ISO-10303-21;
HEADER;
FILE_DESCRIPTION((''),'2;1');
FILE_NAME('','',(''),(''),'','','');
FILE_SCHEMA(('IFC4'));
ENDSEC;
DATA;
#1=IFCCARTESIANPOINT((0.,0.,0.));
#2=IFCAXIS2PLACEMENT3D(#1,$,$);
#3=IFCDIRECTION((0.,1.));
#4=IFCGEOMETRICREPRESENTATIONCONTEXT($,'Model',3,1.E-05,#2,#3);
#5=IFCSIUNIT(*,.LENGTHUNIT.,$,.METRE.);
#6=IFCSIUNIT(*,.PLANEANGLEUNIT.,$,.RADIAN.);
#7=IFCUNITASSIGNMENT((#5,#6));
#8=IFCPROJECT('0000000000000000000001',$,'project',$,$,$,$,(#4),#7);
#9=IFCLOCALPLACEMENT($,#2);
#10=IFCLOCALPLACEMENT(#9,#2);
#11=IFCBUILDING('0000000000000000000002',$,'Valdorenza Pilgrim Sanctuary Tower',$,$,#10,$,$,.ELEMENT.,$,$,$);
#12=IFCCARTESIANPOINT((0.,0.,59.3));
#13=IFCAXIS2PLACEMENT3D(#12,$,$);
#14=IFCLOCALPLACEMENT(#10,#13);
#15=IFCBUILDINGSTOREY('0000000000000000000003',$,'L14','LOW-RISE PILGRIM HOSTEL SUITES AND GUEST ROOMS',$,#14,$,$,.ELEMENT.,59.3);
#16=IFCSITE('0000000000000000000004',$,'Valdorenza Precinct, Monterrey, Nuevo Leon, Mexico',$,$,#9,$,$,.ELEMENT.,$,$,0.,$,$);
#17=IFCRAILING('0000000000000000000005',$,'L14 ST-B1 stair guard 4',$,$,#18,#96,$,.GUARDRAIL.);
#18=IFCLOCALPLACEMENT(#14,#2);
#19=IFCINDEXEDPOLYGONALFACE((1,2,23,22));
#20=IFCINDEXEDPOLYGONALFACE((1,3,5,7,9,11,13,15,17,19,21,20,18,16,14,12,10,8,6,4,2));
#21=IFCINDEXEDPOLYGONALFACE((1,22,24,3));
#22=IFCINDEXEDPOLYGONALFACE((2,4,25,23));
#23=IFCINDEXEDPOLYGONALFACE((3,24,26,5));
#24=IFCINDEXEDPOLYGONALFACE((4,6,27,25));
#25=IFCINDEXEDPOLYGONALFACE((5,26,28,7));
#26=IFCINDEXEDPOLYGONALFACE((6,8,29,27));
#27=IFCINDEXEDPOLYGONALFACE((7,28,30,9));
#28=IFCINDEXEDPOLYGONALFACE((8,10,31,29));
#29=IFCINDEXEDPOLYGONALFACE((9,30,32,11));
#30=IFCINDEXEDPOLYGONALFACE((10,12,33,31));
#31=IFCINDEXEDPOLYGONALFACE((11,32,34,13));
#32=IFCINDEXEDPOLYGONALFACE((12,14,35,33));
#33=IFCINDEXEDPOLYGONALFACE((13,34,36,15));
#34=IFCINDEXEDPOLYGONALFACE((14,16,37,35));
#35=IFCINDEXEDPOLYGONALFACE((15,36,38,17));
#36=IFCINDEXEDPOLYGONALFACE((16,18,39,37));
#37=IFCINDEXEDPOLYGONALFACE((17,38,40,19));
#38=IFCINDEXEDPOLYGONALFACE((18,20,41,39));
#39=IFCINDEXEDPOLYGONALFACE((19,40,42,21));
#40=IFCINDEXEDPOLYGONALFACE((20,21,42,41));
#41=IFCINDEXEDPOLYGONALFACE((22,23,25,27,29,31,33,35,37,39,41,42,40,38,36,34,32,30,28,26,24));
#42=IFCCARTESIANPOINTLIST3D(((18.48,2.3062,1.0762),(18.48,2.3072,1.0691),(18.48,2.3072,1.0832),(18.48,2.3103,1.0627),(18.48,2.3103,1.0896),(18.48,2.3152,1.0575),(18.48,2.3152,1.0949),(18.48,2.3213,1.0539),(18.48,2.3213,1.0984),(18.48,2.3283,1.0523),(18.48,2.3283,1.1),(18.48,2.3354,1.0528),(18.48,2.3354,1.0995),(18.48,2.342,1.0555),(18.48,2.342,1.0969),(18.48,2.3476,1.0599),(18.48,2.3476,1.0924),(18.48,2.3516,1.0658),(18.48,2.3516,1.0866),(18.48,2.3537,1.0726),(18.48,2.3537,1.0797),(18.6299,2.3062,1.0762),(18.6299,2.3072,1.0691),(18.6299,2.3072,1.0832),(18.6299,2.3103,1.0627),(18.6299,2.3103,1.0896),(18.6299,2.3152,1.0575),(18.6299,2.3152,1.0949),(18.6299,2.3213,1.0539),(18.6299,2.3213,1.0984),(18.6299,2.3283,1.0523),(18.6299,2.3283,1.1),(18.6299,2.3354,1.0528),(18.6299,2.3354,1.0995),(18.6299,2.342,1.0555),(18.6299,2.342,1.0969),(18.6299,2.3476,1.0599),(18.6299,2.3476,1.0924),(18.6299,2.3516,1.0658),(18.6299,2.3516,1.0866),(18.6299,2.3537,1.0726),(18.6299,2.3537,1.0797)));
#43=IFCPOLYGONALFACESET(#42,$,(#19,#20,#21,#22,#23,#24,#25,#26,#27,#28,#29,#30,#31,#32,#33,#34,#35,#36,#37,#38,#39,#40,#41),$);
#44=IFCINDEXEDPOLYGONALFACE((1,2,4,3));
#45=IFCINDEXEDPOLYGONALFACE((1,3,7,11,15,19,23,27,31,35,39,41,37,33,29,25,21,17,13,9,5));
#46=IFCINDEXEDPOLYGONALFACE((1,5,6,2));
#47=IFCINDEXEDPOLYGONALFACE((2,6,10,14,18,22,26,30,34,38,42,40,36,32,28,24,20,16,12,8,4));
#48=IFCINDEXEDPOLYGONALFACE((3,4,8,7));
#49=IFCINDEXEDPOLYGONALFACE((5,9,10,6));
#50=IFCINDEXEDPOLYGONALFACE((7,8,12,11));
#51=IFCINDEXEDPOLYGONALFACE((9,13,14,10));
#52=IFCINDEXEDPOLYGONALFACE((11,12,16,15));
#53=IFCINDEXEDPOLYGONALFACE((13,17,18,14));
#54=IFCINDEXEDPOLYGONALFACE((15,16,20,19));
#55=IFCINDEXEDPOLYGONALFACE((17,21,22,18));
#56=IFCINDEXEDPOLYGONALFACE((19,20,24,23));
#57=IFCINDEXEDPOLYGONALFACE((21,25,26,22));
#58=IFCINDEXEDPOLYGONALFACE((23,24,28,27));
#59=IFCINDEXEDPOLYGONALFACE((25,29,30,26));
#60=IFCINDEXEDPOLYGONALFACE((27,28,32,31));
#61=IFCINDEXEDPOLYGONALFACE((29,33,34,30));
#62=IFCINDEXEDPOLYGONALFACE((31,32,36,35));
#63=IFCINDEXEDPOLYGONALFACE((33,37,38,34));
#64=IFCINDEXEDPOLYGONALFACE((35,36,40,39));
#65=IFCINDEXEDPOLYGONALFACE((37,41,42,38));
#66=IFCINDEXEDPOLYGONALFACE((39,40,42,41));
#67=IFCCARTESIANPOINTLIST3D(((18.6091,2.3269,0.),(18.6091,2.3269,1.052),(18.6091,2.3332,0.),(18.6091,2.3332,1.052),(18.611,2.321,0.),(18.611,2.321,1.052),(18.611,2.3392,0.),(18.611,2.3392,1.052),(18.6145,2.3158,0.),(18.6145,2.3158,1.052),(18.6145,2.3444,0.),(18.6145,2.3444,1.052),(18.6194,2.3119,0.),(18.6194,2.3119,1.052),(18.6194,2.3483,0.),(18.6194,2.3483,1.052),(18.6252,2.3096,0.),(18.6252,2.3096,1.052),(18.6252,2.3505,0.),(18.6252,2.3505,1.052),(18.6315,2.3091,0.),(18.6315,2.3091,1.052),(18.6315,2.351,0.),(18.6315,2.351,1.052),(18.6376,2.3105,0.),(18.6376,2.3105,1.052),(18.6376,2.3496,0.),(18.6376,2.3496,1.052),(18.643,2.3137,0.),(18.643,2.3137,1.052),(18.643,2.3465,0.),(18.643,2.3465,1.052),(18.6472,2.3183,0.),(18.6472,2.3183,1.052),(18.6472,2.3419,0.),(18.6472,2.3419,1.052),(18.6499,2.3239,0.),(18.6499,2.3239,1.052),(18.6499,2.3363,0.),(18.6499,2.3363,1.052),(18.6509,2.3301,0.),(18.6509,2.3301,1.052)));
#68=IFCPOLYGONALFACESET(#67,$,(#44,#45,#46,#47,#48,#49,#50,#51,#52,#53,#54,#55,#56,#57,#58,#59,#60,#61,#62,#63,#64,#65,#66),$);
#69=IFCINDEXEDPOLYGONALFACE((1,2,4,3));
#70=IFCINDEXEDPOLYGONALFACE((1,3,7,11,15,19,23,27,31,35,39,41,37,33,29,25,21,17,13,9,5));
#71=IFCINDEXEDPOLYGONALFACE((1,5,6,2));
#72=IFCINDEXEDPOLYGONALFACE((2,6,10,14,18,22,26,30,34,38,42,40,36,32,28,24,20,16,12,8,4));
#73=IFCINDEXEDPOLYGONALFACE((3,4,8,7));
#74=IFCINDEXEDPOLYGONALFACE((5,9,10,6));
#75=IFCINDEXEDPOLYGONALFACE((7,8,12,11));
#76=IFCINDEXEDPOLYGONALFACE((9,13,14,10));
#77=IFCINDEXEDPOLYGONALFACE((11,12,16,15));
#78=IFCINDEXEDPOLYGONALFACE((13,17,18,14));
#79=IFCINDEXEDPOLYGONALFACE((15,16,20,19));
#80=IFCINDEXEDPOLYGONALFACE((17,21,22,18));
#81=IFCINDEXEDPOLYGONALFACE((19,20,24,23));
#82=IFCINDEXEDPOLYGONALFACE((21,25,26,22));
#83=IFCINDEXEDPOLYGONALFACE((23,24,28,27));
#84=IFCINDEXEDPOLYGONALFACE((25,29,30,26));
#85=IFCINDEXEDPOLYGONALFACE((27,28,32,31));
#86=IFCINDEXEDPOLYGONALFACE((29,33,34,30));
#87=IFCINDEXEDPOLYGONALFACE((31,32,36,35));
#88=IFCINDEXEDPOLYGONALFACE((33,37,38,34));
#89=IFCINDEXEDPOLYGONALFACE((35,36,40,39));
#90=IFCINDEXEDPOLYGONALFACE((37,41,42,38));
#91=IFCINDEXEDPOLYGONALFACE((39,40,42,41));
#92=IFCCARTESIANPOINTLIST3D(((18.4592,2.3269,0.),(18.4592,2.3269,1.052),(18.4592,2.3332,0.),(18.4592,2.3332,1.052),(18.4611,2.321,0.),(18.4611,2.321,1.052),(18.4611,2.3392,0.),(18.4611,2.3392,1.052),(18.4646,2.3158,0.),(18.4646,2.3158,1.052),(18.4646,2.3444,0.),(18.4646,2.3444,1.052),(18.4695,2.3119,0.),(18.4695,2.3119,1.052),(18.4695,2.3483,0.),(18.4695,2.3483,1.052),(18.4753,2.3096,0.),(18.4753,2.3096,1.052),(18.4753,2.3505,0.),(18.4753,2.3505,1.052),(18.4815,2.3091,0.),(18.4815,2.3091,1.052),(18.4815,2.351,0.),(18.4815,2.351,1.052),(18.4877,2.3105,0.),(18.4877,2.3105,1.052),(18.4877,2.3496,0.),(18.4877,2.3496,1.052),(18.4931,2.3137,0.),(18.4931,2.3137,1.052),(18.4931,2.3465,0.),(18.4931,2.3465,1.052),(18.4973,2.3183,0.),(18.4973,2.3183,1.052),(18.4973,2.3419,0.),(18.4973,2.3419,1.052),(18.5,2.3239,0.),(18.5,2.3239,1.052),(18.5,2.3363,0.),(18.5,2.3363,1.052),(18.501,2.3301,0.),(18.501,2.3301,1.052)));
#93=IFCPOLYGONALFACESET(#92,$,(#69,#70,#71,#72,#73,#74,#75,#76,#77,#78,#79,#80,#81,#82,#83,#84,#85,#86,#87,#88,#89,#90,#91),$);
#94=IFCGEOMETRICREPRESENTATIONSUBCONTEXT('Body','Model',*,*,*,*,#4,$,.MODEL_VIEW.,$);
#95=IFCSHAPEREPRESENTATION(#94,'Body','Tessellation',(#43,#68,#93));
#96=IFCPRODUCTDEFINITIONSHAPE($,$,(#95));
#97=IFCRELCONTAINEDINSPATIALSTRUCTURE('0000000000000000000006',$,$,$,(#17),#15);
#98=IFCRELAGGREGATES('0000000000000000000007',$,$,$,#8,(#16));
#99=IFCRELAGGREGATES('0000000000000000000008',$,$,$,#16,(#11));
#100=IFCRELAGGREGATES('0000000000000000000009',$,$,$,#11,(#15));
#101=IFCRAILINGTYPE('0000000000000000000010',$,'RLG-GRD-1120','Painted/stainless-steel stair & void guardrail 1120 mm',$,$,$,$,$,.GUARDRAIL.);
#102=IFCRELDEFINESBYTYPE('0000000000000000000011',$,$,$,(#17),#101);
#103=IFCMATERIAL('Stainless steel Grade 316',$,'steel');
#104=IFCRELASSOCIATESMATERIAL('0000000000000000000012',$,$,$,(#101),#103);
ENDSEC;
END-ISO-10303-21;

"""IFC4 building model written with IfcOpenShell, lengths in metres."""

from ifc_helpers import new_model, si_unit, direction, frame, origin, origin_2d, place, context, subcontext, project, spatial, circle, extrude, material, type_object, element, save


model = new_model("IFC4")

# Units and contexts
model_context = context("Model", 3, precision=1e-05, world=origin(), true_north=direction((0.0, 1.0)))
body_context = subcontext(model_context, "Body", "Model", "MODEL_VIEW")
ifc_project = project(units=[si_unit("LENGTHUNIT", "METRE"), si_unit("PLANEANGLEUNIT", "RADIAN")], contexts=[model_context])

# Site, building, storey
site_placement = place(None, origin())
site = spatial("IfcSite", under=ifc_project, at=site_placement, Name="Valdorenza Precinct, Monterrey, Nuevo Leon, Mexico", CompositionType="ELEMENT", RefElevation=0.0)
building_placement = place(site_placement, origin())
building = spatial("IfcBuilding", under=site, at=building_placement, Name="Valdorenza Pilgrim Sanctuary Tower", CompositionType="ELEMENT")
storey_placement = place(building_placement, frame((0.0, 0.0, 59.3)))
storey = spatial("IfcBuildingStorey", under=building, at=storey_placement, Name="L14", Description="LOW-RISE PILGRIM HOSTEL SUITES AND GUEST ROOMS", CompositionType="ELEMENT", Elevation=59.3)

# Railing
ifc_material_1 = material(Name="Stainless steel Grade 316", Category="steel")
railing_type_1 = type_object("IfcRailingType", Name="RLG-GRD-1120", Description="Painted/stainless-steel stair & void guardrail 1120 mm", PredefinedType="GUARDRAIL", material=ifc_material_1)
railing_1_placement = place(storey_placement, frame((18.6299, 2.3301, 0.0)))
element("IfcRailing", 1, at=railing_1_placement, inside=storey, type_object=railing_type_1, Name="L14 ST-B1 stair guard 4", PredefinedType="GUARDRAIL", context=body_context, shape_type="SweptSolid", body=[
    extrude(circle(Radius=0.0239, at=origin_2d()), frame((0.0, 0.0, 1.0762), z_axis=(-1.0, 0.0, 0.0), x_axis=(0.0, -1.0, 0.0)), (0.0, 0.0, 1.0), 0.1499),
    extrude(circle(Radius=0.021, at=origin_2d()), origin(), (0.0, 0.0, 1.0), 1.052),
    extrude(circle(Radius=0.021, at=origin_2d()), frame((-0.1499, 0.0, 0.0)), (0.0, 0.0, 1.0), 1.052),
])

save(model, "model.ifc")
